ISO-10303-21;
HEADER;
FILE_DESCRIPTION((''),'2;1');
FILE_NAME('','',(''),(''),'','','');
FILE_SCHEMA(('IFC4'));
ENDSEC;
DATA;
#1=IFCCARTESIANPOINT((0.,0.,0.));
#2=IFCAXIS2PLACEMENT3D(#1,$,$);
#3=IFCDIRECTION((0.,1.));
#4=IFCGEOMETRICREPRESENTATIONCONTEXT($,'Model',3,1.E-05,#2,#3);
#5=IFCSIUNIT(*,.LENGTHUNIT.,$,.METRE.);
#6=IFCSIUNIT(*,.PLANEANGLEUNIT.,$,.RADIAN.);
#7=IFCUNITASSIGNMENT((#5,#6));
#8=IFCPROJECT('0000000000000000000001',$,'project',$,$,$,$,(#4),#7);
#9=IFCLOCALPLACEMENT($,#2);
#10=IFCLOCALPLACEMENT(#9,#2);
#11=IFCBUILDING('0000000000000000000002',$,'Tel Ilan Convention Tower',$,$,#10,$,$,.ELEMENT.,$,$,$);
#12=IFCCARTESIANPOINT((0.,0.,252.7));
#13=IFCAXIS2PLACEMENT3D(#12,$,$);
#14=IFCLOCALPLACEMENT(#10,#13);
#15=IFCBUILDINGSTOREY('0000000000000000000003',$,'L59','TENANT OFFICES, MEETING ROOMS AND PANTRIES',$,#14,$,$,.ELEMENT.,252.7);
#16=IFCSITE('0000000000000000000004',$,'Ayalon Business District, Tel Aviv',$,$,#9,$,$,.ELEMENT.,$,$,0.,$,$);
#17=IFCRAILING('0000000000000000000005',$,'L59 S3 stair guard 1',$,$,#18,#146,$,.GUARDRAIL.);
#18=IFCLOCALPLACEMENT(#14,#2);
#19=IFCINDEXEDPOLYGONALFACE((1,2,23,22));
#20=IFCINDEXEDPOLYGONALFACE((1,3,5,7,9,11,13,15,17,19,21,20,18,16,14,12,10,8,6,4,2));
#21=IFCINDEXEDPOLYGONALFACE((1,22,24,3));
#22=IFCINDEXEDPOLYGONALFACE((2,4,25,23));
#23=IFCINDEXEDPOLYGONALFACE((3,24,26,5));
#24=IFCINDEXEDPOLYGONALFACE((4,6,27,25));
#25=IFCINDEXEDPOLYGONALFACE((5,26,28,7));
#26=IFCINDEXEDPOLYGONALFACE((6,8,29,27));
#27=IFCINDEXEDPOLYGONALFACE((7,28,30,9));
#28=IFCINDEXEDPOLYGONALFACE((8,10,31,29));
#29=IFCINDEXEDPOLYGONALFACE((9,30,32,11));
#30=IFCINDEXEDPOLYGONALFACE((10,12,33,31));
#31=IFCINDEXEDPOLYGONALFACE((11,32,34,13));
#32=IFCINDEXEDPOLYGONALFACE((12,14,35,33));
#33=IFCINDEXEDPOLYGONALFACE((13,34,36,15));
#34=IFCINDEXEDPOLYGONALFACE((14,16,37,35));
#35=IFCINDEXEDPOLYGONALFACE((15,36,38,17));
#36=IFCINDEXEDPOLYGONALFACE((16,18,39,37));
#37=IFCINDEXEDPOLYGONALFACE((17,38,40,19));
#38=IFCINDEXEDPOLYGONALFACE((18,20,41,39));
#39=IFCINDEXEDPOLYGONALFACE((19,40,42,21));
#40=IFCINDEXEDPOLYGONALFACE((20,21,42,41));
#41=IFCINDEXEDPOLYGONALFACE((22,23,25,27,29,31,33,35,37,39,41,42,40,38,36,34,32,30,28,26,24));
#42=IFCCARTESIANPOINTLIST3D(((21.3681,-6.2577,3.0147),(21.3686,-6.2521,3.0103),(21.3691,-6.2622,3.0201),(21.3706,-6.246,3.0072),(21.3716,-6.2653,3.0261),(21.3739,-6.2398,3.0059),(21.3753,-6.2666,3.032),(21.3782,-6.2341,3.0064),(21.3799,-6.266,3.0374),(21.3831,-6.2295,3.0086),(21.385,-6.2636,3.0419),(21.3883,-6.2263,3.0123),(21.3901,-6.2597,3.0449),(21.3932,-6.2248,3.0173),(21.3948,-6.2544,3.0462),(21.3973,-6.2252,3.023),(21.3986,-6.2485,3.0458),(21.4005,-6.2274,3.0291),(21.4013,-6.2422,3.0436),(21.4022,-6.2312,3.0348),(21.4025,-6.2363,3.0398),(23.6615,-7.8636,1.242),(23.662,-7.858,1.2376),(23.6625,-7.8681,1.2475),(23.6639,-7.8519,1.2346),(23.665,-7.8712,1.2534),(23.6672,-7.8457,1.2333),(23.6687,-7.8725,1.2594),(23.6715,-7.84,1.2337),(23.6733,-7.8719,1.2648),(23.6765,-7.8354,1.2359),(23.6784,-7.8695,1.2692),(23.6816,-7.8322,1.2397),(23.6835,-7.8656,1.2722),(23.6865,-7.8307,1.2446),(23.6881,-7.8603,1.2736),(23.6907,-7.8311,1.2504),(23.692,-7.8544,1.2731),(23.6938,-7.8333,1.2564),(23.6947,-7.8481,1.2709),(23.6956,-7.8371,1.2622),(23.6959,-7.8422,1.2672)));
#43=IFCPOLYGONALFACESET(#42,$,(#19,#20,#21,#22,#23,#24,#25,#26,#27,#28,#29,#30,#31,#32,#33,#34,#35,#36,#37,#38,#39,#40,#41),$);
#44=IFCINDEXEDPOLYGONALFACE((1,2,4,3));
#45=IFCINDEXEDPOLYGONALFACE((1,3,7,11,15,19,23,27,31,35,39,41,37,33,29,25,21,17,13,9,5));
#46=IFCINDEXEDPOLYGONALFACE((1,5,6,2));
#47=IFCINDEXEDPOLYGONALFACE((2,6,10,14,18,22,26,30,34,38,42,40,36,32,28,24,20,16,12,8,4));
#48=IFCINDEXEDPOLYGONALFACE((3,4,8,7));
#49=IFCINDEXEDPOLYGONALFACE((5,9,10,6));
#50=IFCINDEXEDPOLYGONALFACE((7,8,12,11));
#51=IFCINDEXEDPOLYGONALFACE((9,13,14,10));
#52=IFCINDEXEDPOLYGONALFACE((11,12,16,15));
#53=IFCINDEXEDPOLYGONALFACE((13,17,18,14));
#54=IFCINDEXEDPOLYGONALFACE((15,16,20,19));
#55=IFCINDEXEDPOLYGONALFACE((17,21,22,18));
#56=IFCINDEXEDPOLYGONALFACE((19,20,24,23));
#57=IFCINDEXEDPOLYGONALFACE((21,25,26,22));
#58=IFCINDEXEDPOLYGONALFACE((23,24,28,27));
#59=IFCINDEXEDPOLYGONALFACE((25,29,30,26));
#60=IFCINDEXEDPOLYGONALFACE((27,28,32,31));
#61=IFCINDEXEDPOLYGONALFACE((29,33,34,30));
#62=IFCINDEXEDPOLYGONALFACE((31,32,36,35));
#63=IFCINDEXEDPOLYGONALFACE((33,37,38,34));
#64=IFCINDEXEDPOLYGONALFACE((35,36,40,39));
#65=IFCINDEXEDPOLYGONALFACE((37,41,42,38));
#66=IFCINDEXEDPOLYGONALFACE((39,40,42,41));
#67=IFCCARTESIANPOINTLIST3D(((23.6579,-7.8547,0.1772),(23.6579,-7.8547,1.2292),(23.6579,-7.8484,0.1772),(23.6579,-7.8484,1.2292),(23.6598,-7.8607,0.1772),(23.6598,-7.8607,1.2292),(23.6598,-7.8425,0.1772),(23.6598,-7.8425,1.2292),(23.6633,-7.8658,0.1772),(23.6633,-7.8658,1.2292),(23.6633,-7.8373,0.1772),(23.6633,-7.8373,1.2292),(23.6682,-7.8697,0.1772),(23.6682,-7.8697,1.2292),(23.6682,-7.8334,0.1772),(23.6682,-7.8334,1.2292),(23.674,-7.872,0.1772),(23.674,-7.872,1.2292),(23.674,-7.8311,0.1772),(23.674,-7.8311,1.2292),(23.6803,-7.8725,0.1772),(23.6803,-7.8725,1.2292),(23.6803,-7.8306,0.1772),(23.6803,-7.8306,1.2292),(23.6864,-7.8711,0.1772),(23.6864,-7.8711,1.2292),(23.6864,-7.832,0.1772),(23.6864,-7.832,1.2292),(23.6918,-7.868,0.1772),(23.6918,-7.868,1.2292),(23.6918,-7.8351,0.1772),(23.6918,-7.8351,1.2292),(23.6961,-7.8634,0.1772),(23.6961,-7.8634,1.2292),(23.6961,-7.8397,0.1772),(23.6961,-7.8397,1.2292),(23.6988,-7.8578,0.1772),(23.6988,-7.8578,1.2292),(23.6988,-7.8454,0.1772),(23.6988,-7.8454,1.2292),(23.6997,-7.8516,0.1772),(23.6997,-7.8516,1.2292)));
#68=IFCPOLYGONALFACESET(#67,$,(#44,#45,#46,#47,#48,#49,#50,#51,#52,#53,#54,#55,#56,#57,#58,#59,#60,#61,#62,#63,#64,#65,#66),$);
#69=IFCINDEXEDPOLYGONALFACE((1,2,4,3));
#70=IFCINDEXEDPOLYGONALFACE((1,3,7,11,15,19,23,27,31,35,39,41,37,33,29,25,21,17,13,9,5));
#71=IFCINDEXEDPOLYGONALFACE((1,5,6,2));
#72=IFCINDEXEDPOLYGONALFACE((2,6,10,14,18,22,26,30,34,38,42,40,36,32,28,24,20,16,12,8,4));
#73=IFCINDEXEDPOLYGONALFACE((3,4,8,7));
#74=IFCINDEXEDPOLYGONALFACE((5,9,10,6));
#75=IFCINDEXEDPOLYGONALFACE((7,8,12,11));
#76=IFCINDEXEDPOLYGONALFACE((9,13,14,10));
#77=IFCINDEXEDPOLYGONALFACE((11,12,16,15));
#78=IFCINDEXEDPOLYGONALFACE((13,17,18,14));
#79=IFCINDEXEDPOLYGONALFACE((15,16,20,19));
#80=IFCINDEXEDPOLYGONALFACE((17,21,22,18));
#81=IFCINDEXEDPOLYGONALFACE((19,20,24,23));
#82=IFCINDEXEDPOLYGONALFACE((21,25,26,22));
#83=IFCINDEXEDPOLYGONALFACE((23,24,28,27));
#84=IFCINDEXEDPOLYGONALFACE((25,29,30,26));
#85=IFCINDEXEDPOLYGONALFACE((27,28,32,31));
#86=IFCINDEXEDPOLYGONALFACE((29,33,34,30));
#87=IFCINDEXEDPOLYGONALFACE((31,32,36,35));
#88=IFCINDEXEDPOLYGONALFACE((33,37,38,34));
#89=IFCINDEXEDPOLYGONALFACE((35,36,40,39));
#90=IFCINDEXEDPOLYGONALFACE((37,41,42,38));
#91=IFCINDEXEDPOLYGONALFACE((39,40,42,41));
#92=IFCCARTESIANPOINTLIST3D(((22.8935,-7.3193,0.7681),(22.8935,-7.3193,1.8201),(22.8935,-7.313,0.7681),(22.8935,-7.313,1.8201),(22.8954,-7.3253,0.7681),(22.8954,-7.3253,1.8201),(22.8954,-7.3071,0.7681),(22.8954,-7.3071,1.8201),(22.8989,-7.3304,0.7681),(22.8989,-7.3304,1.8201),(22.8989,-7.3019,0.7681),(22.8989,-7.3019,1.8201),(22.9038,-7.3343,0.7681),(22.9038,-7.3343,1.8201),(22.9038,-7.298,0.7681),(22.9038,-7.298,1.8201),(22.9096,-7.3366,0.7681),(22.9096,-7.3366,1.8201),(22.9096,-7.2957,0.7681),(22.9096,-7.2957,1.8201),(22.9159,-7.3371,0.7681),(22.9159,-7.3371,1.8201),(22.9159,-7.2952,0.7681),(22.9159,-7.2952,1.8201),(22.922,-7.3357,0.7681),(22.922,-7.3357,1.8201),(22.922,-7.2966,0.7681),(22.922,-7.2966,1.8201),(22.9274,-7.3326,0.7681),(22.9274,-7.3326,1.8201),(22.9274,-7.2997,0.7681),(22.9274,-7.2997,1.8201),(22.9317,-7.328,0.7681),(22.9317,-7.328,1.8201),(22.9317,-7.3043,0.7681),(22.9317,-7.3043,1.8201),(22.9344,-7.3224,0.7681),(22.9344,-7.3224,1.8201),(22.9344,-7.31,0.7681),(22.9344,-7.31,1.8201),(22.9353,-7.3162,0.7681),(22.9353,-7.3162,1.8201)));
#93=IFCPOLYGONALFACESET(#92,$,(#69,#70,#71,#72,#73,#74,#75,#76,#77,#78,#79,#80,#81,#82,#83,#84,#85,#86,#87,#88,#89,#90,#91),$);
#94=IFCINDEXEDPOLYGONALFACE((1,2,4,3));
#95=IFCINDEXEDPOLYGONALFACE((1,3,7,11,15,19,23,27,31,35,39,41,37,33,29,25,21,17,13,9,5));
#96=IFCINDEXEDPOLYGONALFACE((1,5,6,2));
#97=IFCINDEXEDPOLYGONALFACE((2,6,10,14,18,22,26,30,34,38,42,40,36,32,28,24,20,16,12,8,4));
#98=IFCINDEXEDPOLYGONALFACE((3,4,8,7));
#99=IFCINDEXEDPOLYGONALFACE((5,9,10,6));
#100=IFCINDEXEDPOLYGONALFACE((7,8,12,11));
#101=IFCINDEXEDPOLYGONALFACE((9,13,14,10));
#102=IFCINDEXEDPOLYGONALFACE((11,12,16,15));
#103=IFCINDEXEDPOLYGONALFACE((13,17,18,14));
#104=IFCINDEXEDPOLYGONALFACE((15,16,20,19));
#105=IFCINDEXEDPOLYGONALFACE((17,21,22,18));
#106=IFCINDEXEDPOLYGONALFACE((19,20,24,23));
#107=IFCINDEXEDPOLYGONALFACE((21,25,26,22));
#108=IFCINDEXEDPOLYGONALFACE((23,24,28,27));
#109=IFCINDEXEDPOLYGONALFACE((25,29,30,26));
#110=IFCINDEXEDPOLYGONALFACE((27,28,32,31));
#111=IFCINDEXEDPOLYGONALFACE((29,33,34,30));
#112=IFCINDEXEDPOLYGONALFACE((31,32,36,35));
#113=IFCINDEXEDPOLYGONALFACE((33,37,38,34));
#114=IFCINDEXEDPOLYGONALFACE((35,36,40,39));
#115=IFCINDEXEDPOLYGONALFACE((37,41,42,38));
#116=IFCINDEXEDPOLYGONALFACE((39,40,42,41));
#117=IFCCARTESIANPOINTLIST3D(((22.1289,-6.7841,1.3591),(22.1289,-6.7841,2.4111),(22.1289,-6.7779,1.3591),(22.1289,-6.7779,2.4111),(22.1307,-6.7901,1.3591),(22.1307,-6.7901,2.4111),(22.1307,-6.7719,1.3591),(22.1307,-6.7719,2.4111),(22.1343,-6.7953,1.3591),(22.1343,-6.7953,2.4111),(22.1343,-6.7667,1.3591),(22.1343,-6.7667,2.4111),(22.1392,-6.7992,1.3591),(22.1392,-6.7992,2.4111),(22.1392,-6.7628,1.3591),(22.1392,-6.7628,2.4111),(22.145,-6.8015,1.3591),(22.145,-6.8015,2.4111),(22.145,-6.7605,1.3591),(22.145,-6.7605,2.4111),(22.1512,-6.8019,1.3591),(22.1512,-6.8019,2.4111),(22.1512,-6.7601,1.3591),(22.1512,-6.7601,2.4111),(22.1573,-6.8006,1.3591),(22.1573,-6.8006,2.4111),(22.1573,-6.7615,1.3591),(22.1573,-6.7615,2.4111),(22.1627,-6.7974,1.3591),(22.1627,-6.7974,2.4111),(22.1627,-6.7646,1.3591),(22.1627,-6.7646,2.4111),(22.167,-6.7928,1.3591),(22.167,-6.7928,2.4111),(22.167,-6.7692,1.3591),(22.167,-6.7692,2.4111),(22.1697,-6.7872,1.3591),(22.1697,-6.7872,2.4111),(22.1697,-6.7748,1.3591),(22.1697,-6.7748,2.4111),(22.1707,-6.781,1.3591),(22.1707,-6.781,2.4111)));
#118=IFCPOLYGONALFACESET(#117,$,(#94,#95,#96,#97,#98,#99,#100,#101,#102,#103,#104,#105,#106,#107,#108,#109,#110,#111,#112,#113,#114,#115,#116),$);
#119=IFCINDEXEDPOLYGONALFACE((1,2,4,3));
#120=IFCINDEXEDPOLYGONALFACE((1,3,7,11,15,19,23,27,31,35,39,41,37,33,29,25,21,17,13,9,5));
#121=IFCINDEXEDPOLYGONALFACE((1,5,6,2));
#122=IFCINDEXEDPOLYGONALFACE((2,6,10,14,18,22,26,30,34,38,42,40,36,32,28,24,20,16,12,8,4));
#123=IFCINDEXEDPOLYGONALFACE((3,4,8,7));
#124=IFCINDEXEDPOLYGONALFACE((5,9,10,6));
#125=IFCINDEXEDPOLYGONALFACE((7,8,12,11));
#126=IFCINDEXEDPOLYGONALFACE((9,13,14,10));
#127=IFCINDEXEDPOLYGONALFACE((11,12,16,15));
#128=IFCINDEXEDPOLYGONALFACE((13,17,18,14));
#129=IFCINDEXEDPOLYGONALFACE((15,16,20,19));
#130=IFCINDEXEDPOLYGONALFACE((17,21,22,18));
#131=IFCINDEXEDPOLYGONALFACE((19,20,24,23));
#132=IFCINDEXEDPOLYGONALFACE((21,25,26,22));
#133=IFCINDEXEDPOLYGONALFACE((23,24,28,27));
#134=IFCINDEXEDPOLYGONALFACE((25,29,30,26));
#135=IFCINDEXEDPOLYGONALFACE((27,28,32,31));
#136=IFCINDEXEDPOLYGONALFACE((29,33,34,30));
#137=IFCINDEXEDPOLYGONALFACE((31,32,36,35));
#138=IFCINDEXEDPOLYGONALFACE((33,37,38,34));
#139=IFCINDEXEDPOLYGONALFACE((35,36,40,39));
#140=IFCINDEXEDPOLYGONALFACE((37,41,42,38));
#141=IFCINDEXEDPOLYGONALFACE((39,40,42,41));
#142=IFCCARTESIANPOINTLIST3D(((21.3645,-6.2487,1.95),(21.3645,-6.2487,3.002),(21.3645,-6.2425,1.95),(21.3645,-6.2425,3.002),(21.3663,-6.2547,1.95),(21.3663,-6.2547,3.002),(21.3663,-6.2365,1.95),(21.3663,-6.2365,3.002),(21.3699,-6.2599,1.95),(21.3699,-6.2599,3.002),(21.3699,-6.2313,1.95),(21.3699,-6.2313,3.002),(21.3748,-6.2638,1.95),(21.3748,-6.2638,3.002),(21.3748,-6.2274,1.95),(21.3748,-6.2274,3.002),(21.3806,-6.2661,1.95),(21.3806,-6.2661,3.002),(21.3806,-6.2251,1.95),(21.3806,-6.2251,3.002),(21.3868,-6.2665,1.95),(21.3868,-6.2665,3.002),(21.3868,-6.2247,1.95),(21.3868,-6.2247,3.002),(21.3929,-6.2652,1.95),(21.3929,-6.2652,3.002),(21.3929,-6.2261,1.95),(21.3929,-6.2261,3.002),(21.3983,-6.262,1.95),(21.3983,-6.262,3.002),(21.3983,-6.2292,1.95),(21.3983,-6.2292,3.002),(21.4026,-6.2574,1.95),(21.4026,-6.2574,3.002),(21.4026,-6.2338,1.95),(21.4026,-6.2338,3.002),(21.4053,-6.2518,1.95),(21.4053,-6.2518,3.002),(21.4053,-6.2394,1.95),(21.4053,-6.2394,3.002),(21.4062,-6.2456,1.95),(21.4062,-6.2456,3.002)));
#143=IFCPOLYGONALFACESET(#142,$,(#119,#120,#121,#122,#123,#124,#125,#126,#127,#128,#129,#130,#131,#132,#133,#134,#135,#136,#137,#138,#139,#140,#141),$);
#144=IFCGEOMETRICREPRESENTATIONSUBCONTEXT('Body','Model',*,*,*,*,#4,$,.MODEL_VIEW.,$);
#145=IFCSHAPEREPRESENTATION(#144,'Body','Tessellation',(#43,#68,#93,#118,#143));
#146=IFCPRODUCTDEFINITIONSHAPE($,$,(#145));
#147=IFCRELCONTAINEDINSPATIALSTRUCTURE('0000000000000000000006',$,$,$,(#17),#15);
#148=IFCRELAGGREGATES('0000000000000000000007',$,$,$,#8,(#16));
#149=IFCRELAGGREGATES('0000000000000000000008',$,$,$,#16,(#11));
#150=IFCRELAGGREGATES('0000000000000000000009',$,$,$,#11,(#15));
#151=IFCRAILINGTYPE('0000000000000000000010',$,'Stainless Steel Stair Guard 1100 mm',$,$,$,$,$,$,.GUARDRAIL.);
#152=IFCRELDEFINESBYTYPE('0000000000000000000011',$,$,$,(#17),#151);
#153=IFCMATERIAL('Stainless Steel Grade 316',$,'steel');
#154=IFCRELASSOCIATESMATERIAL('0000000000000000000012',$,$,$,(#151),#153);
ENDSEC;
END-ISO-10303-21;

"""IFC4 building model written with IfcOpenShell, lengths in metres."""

from ifc_helpers import new_model, si_unit, direction, frame, origin, origin_2d, place, context, subcontext, project, spatial, circle, extrude, material, type_object, element, save


model = new_model("IFC4")

# Units and contexts
model_context = context("Model", 3, precision=1e-05, world=origin(), true_north=direction((0.0, 1.0)))
body_context = subcontext(model_context, "Body", "Model", "MODEL_VIEW")
ifc_project = project(units=[si_unit("LENGTHUNIT", "METRE"), si_unit("PLANEANGLEUNIT", "RADIAN")], contexts=[model_context])

# Site, building, storey
site_placement = place(None, origin())
site = spatial("IfcSite", under=ifc_project, at=site_placement, Name="Ayalon Business District, Tel Aviv", CompositionType="ELEMENT", RefElevation=0.0)
building_placement = place(site_placement, origin())
building = spatial("IfcBuilding", under=site, at=building_placement, Name="Tel Ilan Convention Tower", CompositionType="ELEMENT")
storey_placement = place(building_placement, frame((0.0, 0.0, 252.7)))
storey = spatial("IfcBuildingStorey", under=building, at=storey_placement, Name="L59", Description="TENANT OFFICES, MEETING ROOMS AND PANTRIES", CompositionType="ELEMENT", Elevation=252.7)

# Railing
ifc_material_1 = material(Name="Stainless Steel Grade 316", Category="steel")
railing_type_1 = type_object("IfcRailingType", Name="Stainless Steel Stair Guard 1100 mm", PredefinedType="GUARDRAIL", material=ifc_material_1)
railing_1_placement = place(storey_placement, frame((23.6787, -7.8516, 0.1772)))
element("IfcRailing", 1, at=railing_1_placement, inside=storey, type_object=railing_type_1, Name="L59 S3 stair guard 1", PredefinedType="GUARDRAIL", context=body_context, shape_type="SweptSolid", body=[
    extrude(circle(Radius=0.0239, at=origin_2d()), frame((0.0, 0.0, 1.0762), z_axis=(-0.692085, 0.484621, 0.53494), x_axis=(-0.573591, -0.819142, 0.0)), (0.0, 0.0, 1.0), 3.3137),
    extrude(circle(Radius=0.021, at=origin_2d()), origin(), (0.0, 0.0, 1.0), 1.052),
    extrude(circle(Radius=0.021, at=origin_2d()), frame((-0.7644, 0.5354, 0.5908)), (0.0, 0.0, 1.0), 1.052),
    extrude(circle(Radius=0.021, at=origin_2d()), frame((-1.5291, 1.0706, 1.1819)), (0.0, 0.0, 1.0), 1.052),
    extrude(circle(Radius=0.021, at=origin_2d()), frame((-2.2935, 1.606, 1.7727)), (0.0, 0.0, 1.0), 1.052),
])

save(model, "model.ifc")
